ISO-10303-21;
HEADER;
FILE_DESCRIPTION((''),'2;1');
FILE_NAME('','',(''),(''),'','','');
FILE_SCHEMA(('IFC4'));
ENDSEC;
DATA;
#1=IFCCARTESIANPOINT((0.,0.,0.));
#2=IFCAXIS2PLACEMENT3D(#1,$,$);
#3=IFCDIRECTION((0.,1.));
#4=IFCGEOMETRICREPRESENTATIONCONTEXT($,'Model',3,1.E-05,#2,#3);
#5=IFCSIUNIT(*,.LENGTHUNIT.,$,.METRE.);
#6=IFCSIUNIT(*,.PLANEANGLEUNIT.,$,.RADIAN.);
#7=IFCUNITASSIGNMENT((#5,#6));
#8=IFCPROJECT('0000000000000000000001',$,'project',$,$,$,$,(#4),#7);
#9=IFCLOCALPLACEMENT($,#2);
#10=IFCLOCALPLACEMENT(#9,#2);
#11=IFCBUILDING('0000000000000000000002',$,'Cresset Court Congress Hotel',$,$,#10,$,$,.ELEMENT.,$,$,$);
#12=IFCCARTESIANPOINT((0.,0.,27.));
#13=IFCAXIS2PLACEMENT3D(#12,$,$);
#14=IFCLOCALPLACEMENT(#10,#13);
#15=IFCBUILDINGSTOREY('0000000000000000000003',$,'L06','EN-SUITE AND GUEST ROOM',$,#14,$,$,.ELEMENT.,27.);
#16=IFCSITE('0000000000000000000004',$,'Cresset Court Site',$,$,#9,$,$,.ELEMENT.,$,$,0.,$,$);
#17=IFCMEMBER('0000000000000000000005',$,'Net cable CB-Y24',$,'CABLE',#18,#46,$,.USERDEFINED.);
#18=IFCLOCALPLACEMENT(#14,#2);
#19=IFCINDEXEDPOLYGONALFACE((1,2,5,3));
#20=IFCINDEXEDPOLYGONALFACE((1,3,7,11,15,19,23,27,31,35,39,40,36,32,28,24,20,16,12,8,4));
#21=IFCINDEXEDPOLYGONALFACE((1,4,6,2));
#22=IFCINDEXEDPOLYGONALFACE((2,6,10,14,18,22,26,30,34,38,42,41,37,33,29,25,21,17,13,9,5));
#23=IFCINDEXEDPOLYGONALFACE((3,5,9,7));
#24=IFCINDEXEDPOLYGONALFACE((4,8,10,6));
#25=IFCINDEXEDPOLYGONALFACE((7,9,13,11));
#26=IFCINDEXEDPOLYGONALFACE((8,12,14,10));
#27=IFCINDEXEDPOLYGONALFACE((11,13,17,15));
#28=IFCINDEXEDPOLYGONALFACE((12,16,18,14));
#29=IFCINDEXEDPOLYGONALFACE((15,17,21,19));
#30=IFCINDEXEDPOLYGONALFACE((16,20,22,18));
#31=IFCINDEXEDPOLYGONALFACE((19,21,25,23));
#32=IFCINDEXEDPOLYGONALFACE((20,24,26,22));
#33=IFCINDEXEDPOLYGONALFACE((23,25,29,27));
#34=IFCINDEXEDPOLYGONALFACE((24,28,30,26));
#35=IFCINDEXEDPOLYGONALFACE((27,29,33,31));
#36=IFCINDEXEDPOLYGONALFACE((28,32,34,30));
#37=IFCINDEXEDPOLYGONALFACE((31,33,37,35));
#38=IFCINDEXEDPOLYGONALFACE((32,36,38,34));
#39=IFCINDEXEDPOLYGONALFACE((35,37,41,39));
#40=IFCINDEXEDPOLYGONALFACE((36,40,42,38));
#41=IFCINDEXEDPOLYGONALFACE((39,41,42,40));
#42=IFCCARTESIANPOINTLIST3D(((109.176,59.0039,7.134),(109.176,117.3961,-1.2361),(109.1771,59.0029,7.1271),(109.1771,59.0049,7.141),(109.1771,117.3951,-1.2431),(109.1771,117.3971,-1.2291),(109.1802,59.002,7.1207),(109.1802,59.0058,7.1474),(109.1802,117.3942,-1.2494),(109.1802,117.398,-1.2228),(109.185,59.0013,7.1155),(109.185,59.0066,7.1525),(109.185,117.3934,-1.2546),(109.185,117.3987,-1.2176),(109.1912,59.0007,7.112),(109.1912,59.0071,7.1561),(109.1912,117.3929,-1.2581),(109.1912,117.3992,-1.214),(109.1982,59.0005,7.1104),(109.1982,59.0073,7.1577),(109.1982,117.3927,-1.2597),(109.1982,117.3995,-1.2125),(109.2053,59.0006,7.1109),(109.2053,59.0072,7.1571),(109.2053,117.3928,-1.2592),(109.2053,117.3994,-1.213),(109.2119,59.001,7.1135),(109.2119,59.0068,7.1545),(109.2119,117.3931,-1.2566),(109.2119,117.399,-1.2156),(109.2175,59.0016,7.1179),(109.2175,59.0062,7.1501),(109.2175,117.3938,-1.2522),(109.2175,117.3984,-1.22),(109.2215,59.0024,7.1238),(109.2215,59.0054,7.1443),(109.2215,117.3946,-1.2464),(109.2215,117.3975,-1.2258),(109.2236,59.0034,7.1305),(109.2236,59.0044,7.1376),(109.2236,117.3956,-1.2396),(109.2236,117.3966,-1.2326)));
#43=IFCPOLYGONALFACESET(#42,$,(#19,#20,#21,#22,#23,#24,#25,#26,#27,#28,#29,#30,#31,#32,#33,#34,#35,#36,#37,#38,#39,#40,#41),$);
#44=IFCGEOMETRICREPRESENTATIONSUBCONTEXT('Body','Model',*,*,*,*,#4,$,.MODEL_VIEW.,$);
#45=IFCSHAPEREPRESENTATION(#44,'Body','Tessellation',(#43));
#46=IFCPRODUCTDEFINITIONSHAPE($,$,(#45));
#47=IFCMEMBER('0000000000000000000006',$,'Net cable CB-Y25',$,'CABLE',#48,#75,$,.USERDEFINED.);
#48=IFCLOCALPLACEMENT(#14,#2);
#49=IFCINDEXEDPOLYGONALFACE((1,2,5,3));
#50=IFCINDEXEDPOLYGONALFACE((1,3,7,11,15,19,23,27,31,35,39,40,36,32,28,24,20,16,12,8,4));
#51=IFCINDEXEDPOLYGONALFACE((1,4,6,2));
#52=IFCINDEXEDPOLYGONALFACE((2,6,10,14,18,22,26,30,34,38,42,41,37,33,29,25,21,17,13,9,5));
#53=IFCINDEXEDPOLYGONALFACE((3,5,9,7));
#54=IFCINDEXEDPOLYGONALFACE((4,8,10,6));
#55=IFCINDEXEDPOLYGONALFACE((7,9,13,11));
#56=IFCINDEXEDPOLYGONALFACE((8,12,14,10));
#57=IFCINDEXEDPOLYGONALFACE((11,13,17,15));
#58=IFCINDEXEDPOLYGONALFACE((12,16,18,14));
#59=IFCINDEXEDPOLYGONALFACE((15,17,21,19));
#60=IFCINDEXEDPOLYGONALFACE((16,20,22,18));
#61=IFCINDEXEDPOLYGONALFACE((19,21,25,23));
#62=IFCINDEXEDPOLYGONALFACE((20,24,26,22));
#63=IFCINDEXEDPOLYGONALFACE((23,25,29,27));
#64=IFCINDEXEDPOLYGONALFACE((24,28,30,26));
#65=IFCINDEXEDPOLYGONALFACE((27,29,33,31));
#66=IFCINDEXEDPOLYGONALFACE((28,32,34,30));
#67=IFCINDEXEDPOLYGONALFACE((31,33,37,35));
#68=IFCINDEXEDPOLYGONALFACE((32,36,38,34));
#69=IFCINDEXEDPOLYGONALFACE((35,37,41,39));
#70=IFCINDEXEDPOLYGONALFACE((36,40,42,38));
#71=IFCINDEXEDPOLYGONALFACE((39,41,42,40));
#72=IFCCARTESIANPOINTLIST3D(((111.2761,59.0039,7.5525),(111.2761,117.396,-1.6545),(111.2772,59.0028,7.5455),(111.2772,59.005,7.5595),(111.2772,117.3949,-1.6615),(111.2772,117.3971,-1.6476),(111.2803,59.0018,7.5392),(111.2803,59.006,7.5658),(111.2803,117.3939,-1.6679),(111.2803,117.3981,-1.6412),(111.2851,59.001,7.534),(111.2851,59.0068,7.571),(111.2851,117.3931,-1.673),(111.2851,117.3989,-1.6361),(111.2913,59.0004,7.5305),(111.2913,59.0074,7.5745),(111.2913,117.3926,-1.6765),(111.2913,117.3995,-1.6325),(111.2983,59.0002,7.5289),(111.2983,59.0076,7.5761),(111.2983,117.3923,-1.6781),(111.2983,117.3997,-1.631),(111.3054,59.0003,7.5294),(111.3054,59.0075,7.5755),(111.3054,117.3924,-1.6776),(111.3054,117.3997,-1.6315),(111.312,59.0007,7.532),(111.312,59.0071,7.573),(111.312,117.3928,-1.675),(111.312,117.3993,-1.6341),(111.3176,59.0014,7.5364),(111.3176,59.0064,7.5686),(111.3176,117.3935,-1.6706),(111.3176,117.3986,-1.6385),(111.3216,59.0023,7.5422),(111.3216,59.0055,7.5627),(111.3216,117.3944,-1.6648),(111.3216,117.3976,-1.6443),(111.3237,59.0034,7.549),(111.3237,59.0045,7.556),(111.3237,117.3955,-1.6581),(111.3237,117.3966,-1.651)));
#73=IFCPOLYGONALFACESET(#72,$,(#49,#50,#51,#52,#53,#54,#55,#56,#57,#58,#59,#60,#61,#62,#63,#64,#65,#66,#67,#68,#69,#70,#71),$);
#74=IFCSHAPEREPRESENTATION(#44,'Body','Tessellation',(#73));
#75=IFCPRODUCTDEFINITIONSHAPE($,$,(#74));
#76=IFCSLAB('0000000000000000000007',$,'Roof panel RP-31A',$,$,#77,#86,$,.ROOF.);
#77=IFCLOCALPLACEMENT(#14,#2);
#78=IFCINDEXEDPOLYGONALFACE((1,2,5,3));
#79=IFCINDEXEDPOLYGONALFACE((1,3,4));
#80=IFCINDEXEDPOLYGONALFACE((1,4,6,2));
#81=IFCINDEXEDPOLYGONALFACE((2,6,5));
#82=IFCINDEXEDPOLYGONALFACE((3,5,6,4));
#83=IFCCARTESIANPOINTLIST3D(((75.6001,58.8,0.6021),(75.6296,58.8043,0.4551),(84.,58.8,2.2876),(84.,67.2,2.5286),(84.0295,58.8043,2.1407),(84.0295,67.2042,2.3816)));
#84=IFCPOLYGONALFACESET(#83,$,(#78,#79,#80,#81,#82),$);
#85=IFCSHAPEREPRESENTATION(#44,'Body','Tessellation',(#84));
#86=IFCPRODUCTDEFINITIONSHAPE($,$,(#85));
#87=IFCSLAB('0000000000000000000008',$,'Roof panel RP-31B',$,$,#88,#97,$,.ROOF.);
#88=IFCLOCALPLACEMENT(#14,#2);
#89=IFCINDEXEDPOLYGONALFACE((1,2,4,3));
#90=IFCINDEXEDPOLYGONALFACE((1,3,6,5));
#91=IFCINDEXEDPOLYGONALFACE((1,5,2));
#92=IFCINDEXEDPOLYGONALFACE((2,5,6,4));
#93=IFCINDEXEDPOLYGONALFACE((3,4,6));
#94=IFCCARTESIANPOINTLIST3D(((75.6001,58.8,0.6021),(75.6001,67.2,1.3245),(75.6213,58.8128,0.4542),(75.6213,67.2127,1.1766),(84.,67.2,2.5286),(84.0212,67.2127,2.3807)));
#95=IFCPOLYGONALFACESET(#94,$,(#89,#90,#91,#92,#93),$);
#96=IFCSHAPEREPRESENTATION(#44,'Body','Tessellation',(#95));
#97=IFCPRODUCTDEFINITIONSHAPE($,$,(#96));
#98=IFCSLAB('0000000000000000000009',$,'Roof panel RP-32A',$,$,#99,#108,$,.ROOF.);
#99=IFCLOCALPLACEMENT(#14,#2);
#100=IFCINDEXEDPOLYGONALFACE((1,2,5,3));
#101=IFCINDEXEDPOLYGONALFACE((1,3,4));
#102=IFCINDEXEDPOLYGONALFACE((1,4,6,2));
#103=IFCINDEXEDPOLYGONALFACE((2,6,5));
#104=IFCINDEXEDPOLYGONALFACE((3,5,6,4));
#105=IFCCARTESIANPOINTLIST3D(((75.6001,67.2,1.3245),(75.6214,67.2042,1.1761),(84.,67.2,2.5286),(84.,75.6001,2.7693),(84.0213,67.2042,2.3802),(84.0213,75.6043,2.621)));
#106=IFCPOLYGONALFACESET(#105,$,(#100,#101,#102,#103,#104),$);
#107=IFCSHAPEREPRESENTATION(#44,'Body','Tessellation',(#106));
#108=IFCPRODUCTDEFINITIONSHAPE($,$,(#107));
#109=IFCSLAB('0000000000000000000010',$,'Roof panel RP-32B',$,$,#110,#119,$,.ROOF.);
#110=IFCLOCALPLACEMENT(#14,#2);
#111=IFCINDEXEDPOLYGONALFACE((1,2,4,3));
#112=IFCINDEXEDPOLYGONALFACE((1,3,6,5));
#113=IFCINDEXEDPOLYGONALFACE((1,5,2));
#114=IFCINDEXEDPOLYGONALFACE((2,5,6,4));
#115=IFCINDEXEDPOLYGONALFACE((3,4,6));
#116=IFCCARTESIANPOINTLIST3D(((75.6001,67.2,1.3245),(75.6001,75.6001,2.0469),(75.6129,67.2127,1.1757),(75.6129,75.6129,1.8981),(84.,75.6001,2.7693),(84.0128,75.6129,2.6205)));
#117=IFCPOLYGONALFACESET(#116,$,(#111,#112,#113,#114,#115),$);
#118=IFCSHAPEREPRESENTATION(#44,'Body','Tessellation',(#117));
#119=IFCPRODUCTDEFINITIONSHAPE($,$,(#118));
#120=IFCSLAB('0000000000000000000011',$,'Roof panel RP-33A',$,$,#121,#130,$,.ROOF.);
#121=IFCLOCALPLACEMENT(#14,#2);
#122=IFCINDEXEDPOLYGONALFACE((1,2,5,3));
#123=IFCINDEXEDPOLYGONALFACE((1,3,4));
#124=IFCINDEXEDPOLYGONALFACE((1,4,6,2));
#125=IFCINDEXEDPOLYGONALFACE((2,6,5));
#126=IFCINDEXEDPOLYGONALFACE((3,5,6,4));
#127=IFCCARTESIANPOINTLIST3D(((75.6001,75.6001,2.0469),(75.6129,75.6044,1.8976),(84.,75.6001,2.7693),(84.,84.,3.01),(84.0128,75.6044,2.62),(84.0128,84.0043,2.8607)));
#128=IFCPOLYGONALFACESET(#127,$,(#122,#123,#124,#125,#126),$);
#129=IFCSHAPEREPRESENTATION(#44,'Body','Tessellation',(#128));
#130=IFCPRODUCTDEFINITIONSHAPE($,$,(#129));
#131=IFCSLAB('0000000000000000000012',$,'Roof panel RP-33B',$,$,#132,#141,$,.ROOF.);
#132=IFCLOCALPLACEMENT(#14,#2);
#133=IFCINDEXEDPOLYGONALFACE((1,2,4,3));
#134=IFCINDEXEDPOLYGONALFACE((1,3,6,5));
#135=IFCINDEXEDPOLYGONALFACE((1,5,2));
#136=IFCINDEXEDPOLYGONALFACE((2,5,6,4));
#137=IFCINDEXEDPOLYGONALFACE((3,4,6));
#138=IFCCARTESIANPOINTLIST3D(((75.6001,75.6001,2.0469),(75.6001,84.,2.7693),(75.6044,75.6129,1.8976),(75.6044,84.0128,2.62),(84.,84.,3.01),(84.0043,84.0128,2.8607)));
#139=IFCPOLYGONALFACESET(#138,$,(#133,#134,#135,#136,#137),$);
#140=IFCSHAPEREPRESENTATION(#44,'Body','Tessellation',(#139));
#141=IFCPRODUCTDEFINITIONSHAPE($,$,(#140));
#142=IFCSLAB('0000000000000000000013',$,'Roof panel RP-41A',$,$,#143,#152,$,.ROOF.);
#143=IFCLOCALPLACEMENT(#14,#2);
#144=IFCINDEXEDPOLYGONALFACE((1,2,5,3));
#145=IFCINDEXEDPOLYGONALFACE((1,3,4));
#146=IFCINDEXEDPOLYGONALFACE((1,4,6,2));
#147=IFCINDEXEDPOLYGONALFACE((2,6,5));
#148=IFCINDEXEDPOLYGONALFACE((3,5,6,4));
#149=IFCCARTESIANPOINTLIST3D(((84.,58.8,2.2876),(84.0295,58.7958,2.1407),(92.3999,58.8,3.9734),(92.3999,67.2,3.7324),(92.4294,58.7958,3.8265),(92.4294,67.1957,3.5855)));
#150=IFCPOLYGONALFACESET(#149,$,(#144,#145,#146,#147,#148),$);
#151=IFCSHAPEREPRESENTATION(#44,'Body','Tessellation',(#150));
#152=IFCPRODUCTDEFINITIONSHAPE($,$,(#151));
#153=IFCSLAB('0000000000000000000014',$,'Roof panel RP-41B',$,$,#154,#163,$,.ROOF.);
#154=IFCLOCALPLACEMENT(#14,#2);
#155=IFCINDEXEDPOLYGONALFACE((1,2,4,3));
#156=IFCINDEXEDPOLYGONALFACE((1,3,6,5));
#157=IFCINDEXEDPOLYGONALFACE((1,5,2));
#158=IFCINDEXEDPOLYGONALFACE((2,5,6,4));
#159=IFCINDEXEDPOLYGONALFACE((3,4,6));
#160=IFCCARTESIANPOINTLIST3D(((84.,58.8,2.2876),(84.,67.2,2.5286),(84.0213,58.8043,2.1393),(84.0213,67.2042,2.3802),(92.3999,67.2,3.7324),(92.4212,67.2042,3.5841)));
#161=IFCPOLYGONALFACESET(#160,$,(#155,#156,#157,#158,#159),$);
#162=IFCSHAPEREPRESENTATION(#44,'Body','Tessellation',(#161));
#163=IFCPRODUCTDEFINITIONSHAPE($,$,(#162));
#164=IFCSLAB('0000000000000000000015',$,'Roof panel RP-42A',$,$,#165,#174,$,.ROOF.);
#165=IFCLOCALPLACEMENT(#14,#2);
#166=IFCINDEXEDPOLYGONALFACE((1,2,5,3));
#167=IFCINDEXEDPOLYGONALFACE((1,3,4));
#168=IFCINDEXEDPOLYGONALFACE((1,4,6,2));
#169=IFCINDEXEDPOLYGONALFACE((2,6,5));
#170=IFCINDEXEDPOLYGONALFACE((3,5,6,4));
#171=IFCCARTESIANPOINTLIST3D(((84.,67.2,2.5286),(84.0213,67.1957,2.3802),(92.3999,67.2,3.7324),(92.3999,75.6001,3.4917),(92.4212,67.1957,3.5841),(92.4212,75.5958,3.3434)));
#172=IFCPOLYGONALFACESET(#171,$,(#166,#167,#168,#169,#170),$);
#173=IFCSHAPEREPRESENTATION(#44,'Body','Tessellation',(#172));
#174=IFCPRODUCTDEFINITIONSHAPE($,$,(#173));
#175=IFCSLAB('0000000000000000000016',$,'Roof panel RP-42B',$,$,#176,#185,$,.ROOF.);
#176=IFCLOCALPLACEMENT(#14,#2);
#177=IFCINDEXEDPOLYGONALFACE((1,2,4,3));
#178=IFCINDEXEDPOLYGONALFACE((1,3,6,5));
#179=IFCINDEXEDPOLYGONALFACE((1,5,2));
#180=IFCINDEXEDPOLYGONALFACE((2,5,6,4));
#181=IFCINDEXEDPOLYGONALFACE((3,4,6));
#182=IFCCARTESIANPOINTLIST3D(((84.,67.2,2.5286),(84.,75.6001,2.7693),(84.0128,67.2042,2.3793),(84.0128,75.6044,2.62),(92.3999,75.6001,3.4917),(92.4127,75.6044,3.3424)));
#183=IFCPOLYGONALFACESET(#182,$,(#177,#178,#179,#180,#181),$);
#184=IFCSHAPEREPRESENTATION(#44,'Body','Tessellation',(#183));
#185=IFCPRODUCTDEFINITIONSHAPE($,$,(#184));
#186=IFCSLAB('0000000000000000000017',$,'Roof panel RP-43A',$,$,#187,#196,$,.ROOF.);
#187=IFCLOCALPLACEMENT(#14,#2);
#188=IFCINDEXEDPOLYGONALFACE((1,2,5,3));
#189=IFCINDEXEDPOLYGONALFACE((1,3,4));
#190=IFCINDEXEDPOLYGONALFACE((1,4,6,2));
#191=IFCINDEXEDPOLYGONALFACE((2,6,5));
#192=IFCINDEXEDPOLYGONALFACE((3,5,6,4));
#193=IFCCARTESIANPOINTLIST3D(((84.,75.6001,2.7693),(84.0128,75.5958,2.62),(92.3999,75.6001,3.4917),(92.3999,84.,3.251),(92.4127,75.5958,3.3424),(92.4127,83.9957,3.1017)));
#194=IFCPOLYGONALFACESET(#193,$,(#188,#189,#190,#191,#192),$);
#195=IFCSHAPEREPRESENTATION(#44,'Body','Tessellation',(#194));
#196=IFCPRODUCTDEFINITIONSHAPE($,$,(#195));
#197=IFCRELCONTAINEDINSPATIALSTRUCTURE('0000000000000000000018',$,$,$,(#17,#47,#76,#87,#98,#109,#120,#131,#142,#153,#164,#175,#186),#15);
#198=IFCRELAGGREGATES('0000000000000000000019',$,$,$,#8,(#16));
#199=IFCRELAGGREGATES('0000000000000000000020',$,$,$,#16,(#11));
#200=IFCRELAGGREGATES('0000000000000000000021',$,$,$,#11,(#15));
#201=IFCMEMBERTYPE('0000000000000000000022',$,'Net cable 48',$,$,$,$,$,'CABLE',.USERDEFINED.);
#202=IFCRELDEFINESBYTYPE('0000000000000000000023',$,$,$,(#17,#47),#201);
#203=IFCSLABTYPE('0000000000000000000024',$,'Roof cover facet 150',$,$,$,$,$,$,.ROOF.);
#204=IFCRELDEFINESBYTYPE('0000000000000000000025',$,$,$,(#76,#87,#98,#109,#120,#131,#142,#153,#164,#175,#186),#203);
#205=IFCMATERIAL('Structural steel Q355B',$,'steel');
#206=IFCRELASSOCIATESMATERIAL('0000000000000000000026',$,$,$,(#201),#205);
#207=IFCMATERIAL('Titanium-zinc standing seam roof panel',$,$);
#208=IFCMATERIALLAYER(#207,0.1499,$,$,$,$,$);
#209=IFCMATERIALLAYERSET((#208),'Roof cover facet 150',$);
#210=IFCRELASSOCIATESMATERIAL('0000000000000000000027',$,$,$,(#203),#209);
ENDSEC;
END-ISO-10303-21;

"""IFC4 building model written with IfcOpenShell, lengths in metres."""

from ifc_helpers import new_model, si_unit, direction, frame, origin, origin_2d, place, context, subcontext, project, spatial, polyline, circle, outline, extrude, material, layer, layer_set, material_profile, profile_set, type_object, element, save


model = new_model("IFC4")

# Units and contexts
model_context = context("Model", 3, precision=1e-05, world=origin(), true_north=direction((0.0, 1.0)))
body_context = subcontext(model_context, "Body", "Model", "MODEL_VIEW")
ifc_project = project(units=[si_unit("LENGTHUNIT", "METRE"), si_unit("PLANEANGLEUNIT", "RADIAN")], contexts=[model_context])

# Site, building, storey
site_placement = place(None, origin())
site = spatial("IfcSite", under=ifc_project, at=site_placement, Name="Cresset Court Site", CompositionType="ELEMENT", RefElevation=0.0)
building_placement = place(site_placement, origin())
building = spatial("IfcBuilding", under=site, at=building_placement, Name="Cresset Court Congress Hotel", CompositionType="ELEMENT")
storey_placement = place(building_placement, frame((0.0, 0.0, 27.0)))
storey = spatial("IfcBuildingStorey", under=building, at=storey_placement, Name="L06", Description="EN-SUITE AND GUEST ROOM", CompositionType="ELEMENT", Elevation=27.0)

# Members
ifc_material_1 = material(Name="Structural steel Q355B", Category="steel")
ifc_material_profile = material_profile(ifc_material_1, circle(Radius=0.0239, at=origin_2d()), Name="CABLE48")
ifc_profile_set = profile_set([ifc_material_profile], Name="Structural steel Q355B")
member_type = type_object("IfcMemberType", Name="Net cable 48", ElementType="CABLE", PredefinedType="USERDEFINED", material=ifc_profile_set)
member_1_placement = place(storey_placement, frame((109.2, 59.0039, 7.134), z_axis=(0.0, 0.989882, -0.141893), x_axis=(-1.0, 0.0, 0.0)))
element("IfcMember", 1, at=member_1_placement, inside=storey, type_object=member_type, Name="Net cable CB-Y24", ObjectType="CABLE", PredefinedType="USERDEFINED", context=body_context, shape_type="SweptSolid", body=[
    extrude(circle(Radius=0.0239, at=origin_2d()), origin(), (0.0, 0.0, 1.0), 58.989),
])
member_2_placement = place(storey_placement, frame((111.3, 59.0039, 7.5525), z_axis=(0.0, 0.987796, -0.155752), x_axis=(-1.0, 0.0, 0.0)))
element("IfcMember", 2, at=member_2_placement, inside=storey, type_object=member_type, Name="Net cable CB-Y25", ObjectType="CABLE", PredefinedType="USERDEFINED", context=body_context, shape_type="SweptSolid", body=[
    extrude(circle(Radius=0.0239, at=origin_2d()), origin(), (0.0, 0.0, 1.0), 59.1135),
])

# Slabs
ifc_material_2 = material(Name="Titanium-zinc standing seam roof panel")
ifc_layer_1 = layer(ifc_material_2, 0.1499)
ifc_layer_set_1 = layer_set([ifc_layer_1], Name="Roof cover facet 150")
slab_type = type_object("IfcSlabType", Name="Roof cover facet 150", PredefinedType="ROOF", material=ifc_layer_set_1)
slab_1_placement = place(storey_placement, frame((75.6001, 58.8, 0.6021), z_axis=(-0.196663, -0.028115, 0.980068), x_axis=(0.980456, 0.0, 0.196741)))
element("IfcSlab", 3, at=slab_1_placement, inside=storey, type_object=slab_type, Name="Roof panel RP-31A", PredefinedType="ROOF", context=body_context, shape_type="SweptSolid", body=[
    extrude(outline(polyline([(0.0, 0.0), (8.5673, 0.0), (8.6148, 8.4032), (0.0, 0.0)])), origin(), (0.0, 0.0, -1.0), 0.1499),
])
slab_2_placement = place(storey_placement, frame((75.6001, 58.8, 0.6021), z_axis=(-0.141385, -0.084825, 0.986314), x_axis=(0.697988, 0.697988, 0.160083)))
element("IfcSlab", 4, at=slab_2_placement, inside=storey, type_object=slab_type, Name="Roof panel RP-31B", PredefinedType="ROOF", context=body_context, shape_type="SweptSolid", body=[
    extrude(outline(polyline([(0.0, 0.0), (12.0345, 0.0), (5.9787, 5.9444), (0.0, 0.0)])), origin(), (0.0, 0.0, -1.0), 0.1499),
])
slab_3_placement = place(storey_placement, frame((75.6001, 67.2, 1.3245), z_axis=(-0.14184, -0.028356, 0.989483), x_axis=(0.989881, 0.0, 0.141897)))
element("IfcSlab", 5, at=slab_3_placement, inside=storey, type_object=slab_type, Name="Roof panel RP-32A", PredefinedType="ROOF", context=body_context, shape_type="SweptSolid", body=[
    extrude(outline(polyline([(0.0, 0.0), (8.4858, 0.0), (8.5199, 8.4035), (0.0, 0.0)])), origin(), (0.0, 0.0, -1.0), 0.1499),
])
slab_4_placement = place(storey_placement, frame((75.6001, 67.2, 1.3245), z_axis=(-0.085373, -0.085371, 0.992685), x_axis=(0.701924, 0.701944, 0.120734)))
element("IfcSlab", 6, at=slab_4_placement, inside=storey, type_object=slab_type, Name="Roof panel RP-32B", PredefinedType="ROOF", context=body_context, shape_type="SweptSolid", body=[
    extrude(outline(polyline([(0.0, 0.0), (11.967, 0.0), (5.9837, 5.9397), (0.0, 0.0)])), origin(), (0.0, 0.0, -1.0), 0.1499),
])
slab_5_placement = place(storey_placement, frame((75.6001, 75.6001, 2.0469), z_axis=(-0.085651, -0.028541, 0.995916), x_axis=(0.996322, 0.0, 0.085686)))
element("IfcSlab", 7, at=slab_5_placement, inside=storey, type_object=slab_type, Name="Roof panel RP-33A", PredefinedType="ROOF", context=body_context, shape_type="SweptSolid", body=[
    extrude(outline(polyline([(0.0, 0.0), (8.4309, 0.0), (8.4515, 8.4033), (0.0, 0.0)])), origin(), (0.0, 0.0, -1.0), 0.1499),
])
slab_6_placement = place(storey_placement, frame((75.6001, 75.6001, 2.0469), z_axis=(-0.028541, -0.085651, 0.995916), x_axis=(0.704794, 0.704794, 0.080812)))
element("IfcSlab", 8, at=slab_6_placement, inside=storey, type_object=slab_type, Name="Roof panel RP-33B", PredefinedType="ROOF", context=body_context, shape_type="SweptSolid", body=[
    extrude(outline(polyline([(0.0, 0.0), (11.9182, 0.0), (5.9786, 5.9445), (0.0, 0.0)])), origin(), (0.0, 0.0, -1.0), 0.1499),
])
slab_7_placement = place(storey_placement, frame((84.0, 58.8, 2.2876), z_axis=(-0.19669, 0.028115, 0.980062), x_axis=(0.98045, 0.0, 0.196768)))
element("IfcSlab", 9, at=slab_7_placement, inside=storey, type_object=slab_type, Name="Roof panel RP-41A", PredefinedType="ROOF", context=body_context, shape_type="SweptSolid", body=[
    extrude(outline(polyline([(0.0, 0.0), (8.5674, 0.0), (8.52, 8.4032), (0.0, 0.0)])), origin(), (0.0, 0.0, -1.0), 0.1499),
])
slab_8_placement = place(storey_placement, frame((84.0, 58.8, 2.2876), z_axis=(-0.141811, -0.028385, 0.989487), x_axis=(0.701934, 0.701934, 0.120736)))
element("IfcSlab", 10, at=slab_8_placement, inside=storey, type_object=slab_type, Name="Roof panel RP-41B", PredefinedType="ROOF", context=body_context, shape_type="SweptSolid", body=[
    extrude(outline(polyline([(0.0, 0.0), (11.9668, 0.0), (5.9253, 5.9588), (0.0, 0.0)])), origin(), (0.0, 0.0, -1.0), 0.1499),
])
slab_9_placement = place(storey_placement, frame((84.0, 67.2, 2.5286), z_axis=(-0.141811, 0.028356, 0.989487), x_axis=(0.989886, 0.0, 0.141868)))
element("IfcSlab", 11, at=slab_9_placement, inside=storey, type_object=slab_type, Name="Roof panel RP-42A", PredefinedType="ROOF", context=body_context, shape_type="SweptSolid", body=[
    extrude(outline(polyline([(0.0, 0.0), (8.4857, 0.0), (8.4516, 8.4035), (0.0, 0.0)])), origin(), (0.0, 0.0, -1.0), 0.1499),
])
slab_10_placement = place(storey_placement, frame((84.0, 67.2, 2.5286), z_axis=(-0.085651, -0.02854, 0.995916), x_axis=(0.704784, 0.704804, 0.080811)))
element("IfcSlab", 12, at=slab_10_placement, inside=storey, type_object=slab_type, Name="Roof panel RP-42B", PredefinedType="ROOF", context=body_context, shape_type="SweptSolid", body=[
    extrude(outline(polyline([(0.0, 0.0), (11.9184, 0.0), (5.9399, 5.9446), (0.0, 0.0)])), origin(), (0.0, 0.0, -1.0), 0.1499),
])
slab_11_placement = place(storey_placement, frame((84.0, 75.6001, 2.7693), z_axis=(-0.085651, 0.028541, 0.995916), x_axis=(0.996322, 0.0, 0.085686)))
element("IfcSlab", 13, at=slab_11_placement, inside=storey, type_object=slab_type, Name="Roof panel RP-43A", PredefinedType="ROOF", context=body_context, shape_type="SweptSolid", body=[
    extrude(outline(polyline([(0.0, 0.0), (8.4309, 0.0), (8.4103, 8.4033), (0.0, 0.0)])), origin(), (0.0, 0.0, -1.0), 0.1499),
])

save(model, "model.ifc")
